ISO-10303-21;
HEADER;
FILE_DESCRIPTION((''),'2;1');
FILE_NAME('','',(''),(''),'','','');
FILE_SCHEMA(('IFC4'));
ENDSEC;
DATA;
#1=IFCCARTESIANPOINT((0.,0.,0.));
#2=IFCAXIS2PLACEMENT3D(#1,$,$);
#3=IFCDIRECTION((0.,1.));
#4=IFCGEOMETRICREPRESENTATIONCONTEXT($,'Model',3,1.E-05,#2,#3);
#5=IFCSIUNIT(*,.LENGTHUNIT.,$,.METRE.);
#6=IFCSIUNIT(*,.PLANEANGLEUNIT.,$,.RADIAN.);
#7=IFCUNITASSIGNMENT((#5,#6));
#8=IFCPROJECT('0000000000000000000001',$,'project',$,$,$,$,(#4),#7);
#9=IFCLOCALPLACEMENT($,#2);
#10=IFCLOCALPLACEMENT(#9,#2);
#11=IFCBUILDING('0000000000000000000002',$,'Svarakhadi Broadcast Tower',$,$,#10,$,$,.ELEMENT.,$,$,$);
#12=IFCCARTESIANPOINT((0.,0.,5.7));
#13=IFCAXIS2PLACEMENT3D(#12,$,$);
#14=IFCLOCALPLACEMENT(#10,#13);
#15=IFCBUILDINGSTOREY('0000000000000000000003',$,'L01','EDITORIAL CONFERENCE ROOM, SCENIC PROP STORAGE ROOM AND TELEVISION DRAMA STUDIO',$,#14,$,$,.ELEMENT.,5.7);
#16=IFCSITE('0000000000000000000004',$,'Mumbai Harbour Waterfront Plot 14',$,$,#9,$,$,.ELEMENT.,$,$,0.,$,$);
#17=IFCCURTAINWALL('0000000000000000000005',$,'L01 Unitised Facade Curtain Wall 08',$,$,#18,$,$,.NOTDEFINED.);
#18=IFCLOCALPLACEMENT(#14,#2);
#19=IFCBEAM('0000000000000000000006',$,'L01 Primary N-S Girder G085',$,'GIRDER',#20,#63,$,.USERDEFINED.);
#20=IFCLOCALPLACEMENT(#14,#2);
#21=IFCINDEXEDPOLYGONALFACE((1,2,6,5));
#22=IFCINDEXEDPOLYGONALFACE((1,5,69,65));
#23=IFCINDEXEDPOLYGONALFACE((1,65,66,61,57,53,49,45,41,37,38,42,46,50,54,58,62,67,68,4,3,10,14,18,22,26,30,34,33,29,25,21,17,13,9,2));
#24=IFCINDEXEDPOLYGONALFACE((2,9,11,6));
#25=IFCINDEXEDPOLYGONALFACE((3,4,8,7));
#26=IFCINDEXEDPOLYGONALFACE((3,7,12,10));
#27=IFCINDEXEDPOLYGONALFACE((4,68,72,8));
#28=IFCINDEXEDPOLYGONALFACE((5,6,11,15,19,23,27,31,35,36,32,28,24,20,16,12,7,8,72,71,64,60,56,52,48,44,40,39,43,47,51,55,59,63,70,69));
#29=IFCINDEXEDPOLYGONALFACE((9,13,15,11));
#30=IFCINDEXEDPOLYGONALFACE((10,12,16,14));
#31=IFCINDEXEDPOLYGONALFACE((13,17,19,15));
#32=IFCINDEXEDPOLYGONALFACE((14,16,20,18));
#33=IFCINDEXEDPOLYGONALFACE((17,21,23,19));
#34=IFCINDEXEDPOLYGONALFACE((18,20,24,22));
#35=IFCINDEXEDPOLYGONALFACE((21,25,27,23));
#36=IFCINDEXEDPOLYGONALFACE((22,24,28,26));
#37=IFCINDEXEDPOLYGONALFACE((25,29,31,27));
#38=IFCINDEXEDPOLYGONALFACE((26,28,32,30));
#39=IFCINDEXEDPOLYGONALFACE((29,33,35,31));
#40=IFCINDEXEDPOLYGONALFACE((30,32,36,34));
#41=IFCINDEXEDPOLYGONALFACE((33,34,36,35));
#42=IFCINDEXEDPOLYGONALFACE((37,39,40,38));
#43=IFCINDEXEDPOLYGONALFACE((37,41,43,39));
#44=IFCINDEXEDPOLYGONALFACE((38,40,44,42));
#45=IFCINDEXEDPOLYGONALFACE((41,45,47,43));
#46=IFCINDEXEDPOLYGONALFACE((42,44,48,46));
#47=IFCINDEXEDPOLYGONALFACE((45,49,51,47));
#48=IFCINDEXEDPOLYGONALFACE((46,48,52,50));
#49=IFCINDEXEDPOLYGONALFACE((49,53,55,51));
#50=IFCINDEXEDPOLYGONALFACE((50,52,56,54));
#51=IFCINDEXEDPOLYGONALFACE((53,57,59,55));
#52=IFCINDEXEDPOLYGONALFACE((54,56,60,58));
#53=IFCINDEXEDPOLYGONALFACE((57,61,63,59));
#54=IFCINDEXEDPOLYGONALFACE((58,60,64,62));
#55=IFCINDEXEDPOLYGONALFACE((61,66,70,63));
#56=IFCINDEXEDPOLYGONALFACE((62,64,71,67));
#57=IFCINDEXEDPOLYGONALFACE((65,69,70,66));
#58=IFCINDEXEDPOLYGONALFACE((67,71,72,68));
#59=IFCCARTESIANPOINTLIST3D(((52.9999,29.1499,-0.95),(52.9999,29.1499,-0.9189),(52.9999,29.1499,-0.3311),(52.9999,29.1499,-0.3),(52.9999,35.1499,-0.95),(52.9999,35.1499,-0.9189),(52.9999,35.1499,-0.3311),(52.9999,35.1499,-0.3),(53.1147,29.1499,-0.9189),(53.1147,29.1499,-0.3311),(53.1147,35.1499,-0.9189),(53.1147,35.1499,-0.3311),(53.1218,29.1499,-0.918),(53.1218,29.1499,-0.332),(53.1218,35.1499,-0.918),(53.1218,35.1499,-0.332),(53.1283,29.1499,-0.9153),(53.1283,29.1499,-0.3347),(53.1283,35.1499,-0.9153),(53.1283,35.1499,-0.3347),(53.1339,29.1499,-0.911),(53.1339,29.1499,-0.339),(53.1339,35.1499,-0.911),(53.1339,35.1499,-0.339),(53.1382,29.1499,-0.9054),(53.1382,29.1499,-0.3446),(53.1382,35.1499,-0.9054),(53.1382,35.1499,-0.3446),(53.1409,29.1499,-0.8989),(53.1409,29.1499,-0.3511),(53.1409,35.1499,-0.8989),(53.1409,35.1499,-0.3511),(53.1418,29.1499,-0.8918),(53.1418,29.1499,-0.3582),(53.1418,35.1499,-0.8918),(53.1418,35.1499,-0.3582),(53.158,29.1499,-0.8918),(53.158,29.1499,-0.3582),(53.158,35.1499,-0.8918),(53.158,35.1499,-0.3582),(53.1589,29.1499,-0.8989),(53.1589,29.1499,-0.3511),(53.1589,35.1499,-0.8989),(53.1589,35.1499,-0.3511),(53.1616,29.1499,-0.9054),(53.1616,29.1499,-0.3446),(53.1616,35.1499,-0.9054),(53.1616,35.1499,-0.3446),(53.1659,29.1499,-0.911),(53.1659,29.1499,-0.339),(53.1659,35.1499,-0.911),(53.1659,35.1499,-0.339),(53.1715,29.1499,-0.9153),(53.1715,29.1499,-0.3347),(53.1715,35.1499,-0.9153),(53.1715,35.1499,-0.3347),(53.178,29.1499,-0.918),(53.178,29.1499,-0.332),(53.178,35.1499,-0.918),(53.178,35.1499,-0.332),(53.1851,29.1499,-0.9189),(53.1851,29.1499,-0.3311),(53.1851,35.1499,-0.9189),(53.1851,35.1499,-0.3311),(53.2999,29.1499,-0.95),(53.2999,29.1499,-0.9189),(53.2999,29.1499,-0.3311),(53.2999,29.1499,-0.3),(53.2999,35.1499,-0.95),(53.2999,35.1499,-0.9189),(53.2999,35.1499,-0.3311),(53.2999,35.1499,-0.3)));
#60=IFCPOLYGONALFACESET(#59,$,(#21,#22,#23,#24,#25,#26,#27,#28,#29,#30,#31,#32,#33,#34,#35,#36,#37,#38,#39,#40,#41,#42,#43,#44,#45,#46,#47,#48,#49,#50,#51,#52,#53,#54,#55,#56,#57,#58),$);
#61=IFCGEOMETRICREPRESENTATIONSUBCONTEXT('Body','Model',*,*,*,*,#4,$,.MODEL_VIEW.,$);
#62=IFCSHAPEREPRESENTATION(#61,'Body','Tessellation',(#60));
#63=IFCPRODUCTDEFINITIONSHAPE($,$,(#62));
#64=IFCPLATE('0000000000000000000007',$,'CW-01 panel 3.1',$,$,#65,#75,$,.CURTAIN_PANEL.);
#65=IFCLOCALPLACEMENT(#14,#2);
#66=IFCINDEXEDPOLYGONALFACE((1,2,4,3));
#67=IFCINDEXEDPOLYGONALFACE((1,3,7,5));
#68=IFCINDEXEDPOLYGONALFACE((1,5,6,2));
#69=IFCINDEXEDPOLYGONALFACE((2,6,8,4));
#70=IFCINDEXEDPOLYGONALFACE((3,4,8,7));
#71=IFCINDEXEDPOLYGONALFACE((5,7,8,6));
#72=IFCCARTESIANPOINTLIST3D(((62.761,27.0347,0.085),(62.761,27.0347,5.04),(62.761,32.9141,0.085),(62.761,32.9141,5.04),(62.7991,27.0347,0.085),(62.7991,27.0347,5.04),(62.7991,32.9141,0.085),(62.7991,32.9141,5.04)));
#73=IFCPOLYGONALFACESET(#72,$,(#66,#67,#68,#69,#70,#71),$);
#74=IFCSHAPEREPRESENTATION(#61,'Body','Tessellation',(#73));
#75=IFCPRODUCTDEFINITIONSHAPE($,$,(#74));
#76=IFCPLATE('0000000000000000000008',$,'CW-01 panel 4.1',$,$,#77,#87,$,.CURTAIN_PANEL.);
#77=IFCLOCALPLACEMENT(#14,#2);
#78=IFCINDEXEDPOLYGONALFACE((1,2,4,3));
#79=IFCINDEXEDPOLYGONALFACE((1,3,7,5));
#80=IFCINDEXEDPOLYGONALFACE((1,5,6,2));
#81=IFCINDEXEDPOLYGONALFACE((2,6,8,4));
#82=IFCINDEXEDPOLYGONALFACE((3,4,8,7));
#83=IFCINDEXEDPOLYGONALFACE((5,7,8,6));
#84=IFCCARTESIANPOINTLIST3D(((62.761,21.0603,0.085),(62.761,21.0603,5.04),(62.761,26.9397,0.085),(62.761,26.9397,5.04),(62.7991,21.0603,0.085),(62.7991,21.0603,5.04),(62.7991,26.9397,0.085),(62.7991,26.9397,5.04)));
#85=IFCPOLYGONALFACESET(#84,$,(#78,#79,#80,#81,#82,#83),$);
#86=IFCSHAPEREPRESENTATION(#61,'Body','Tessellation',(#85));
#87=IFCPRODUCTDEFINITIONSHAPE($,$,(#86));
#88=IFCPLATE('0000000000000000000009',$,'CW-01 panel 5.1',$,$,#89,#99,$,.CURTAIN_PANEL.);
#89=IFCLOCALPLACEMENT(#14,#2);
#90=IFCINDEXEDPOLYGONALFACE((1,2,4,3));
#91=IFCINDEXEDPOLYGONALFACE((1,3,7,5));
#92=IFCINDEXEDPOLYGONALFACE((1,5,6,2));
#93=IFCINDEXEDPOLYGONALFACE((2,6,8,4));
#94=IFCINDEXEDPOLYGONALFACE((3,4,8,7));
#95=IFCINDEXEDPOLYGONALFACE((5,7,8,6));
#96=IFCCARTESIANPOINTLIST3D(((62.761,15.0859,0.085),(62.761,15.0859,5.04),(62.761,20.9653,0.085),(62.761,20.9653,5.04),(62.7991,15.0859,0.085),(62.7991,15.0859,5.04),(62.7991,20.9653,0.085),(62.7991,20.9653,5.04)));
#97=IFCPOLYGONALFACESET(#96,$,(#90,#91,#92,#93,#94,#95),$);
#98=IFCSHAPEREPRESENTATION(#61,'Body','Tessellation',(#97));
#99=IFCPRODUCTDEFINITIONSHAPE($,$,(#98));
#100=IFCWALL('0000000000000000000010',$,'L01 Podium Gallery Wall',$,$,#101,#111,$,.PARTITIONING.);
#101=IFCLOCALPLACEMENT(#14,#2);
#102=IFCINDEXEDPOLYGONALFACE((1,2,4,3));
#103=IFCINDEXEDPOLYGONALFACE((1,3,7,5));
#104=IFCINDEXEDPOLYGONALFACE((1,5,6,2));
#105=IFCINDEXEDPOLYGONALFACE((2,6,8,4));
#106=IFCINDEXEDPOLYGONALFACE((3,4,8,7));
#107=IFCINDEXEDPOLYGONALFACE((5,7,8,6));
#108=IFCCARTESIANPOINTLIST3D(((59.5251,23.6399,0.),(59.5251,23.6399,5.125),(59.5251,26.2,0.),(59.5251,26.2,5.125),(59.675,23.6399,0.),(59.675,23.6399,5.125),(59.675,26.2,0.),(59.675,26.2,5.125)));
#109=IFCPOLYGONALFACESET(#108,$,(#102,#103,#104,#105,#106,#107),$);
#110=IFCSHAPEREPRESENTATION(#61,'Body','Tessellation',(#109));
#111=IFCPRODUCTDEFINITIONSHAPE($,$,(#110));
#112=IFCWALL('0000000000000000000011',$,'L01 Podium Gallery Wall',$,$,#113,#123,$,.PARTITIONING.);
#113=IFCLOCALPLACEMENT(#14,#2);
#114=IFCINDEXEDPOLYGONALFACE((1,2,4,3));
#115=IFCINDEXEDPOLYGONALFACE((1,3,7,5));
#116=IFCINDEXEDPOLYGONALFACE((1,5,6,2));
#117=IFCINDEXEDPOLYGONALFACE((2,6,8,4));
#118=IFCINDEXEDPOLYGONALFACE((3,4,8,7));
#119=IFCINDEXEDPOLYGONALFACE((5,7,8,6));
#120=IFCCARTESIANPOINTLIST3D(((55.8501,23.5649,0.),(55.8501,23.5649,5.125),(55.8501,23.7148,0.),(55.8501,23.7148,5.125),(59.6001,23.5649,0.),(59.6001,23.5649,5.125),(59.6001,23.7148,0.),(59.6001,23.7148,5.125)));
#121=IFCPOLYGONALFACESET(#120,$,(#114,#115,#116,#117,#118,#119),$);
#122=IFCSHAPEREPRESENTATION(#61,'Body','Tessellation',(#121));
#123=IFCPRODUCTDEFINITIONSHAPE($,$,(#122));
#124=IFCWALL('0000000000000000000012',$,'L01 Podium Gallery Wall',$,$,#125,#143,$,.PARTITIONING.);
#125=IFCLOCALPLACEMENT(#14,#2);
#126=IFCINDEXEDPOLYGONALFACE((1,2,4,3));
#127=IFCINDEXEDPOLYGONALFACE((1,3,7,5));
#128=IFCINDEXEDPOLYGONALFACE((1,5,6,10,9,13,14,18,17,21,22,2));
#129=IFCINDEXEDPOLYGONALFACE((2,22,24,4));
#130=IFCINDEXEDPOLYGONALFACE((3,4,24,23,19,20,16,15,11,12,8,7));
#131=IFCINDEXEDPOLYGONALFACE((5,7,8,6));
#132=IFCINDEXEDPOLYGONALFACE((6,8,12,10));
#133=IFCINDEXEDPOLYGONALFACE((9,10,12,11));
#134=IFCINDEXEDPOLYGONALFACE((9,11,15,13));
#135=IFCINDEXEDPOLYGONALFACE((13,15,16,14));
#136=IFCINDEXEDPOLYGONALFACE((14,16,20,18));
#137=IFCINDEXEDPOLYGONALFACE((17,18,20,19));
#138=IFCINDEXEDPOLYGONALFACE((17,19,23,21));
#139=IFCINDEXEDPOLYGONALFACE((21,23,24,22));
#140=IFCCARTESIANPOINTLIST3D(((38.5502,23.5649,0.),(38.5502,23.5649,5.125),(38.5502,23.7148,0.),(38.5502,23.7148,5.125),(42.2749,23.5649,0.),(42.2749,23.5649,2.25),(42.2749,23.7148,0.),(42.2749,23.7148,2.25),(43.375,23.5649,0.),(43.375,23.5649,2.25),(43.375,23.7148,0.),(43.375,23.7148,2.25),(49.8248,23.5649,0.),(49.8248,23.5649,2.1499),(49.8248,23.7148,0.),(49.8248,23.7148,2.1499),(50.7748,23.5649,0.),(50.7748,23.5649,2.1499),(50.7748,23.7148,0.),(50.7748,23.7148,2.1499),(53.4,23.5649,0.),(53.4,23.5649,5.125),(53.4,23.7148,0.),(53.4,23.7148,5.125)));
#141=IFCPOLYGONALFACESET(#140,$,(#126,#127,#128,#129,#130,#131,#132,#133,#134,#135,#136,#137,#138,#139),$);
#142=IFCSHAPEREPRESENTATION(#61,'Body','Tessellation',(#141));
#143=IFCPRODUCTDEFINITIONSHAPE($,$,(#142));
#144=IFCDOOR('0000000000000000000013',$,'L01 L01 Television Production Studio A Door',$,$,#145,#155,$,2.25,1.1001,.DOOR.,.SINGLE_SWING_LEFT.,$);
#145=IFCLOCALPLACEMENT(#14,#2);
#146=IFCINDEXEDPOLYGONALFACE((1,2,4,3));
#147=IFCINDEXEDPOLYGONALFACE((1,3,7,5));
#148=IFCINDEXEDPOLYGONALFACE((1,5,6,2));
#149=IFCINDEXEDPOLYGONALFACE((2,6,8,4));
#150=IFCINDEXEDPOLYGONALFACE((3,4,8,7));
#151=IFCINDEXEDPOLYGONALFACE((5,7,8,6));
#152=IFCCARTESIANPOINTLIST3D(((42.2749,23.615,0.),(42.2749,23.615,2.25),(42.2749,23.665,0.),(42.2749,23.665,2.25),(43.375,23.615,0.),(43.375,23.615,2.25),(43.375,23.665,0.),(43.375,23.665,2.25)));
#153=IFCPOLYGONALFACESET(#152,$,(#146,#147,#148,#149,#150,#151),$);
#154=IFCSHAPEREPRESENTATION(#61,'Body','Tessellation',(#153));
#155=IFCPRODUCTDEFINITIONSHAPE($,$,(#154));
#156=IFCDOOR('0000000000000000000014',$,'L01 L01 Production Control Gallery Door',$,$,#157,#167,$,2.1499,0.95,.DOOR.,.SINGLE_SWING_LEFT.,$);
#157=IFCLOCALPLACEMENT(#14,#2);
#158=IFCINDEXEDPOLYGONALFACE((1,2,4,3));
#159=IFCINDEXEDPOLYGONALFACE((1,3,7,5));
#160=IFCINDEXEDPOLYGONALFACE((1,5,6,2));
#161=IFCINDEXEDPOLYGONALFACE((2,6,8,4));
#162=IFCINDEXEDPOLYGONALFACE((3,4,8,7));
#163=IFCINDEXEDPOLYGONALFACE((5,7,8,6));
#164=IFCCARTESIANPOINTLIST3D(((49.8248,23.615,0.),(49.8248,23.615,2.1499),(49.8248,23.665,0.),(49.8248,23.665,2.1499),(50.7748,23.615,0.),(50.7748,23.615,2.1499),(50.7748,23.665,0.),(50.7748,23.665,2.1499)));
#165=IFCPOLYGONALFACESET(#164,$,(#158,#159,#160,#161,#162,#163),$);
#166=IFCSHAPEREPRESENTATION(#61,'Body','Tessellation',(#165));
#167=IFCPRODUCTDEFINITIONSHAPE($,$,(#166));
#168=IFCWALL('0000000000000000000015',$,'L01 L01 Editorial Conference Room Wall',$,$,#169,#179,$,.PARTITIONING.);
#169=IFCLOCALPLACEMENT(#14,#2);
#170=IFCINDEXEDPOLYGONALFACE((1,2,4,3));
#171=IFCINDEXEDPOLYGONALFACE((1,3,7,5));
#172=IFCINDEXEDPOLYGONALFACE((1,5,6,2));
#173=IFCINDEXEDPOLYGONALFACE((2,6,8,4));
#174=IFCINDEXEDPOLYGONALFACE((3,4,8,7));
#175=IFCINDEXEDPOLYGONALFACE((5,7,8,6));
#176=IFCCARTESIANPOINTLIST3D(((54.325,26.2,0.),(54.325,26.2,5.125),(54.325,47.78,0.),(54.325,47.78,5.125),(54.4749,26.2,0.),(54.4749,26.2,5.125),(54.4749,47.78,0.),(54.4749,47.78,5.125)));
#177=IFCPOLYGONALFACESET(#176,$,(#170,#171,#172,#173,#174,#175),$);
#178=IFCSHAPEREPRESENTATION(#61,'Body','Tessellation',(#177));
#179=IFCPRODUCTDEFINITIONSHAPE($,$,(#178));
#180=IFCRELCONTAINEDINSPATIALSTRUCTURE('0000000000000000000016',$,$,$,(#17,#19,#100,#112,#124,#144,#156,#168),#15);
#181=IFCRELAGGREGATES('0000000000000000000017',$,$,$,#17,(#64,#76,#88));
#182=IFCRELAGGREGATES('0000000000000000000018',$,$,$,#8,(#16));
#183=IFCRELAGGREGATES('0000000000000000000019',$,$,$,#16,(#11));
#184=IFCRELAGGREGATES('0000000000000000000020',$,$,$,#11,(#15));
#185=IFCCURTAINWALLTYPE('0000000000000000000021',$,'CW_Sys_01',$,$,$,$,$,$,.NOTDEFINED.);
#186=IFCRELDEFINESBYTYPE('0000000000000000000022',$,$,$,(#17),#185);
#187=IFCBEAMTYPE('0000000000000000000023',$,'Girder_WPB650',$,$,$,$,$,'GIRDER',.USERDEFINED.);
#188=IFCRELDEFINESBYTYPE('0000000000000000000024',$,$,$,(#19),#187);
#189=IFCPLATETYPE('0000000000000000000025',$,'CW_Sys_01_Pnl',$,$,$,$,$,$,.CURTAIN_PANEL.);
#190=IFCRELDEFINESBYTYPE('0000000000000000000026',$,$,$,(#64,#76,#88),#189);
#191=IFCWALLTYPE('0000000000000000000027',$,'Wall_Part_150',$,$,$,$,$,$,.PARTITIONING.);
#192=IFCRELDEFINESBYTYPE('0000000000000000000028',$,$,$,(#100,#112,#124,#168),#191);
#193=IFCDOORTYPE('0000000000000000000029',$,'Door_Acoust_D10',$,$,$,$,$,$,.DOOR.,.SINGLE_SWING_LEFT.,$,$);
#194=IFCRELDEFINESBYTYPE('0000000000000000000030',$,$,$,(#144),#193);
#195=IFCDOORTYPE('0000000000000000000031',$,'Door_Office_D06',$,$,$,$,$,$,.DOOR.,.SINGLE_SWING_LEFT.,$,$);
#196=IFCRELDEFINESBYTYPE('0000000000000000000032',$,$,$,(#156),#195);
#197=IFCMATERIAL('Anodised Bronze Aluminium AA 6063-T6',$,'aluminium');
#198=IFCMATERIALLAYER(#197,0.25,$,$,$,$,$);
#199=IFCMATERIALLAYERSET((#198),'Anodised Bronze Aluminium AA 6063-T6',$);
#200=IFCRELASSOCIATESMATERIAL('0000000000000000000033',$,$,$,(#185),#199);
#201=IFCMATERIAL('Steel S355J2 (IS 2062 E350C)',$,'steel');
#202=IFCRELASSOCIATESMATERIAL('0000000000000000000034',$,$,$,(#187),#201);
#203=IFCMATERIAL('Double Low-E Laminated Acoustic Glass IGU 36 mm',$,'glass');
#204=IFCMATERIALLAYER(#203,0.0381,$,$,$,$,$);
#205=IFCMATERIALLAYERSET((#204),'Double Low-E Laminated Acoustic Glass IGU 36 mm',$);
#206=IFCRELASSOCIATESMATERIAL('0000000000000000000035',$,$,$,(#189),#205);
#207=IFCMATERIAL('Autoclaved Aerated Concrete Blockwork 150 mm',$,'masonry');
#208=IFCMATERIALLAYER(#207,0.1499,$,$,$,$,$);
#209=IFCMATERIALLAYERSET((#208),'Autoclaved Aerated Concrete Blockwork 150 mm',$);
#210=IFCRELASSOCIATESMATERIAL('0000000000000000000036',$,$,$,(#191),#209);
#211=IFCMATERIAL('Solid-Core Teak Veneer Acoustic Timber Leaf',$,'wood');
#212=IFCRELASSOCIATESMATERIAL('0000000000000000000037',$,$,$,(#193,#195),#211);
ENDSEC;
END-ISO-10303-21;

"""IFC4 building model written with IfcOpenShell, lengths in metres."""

from ifc_helpers import new_model, si_unit, direction, frame, frame_2d, origin, origin_2d, place, context, subcontext, project, spatial, rectangle, i_section, extrude, material, layer, layer_set, material_profile, profile_set, type_object, element, fill, aggregate, save


model = new_model("IFC4")

# Units and contexts
model_context = context("Model", 3, precision=1e-05, world=origin(), true_north=direction((0.0, 1.0)))
body_context = subcontext(model_context, "Body", "Model", "MODEL_VIEW")
ifc_project = project(units=[si_unit("LENGTHUNIT", "METRE"), si_unit("PLANEANGLEUNIT", "RADIAN")], contexts=[model_context])

# Site, building, storey
site_placement = place(None, origin())
site = spatial("IfcSite", under=ifc_project, at=site_placement, Name="Mumbai Harbour Waterfront Plot 14", CompositionType="ELEMENT", RefElevation=0.0)
building_placement = place(site_placement, origin())
building = spatial("IfcBuilding", under=site, at=building_placement, Name="Svarakhadi Broadcast Tower", CompositionType="ELEMENT")
storey_placement = place(building_placement, frame((0.0, 0.0, 5.7)))
storey = spatial("IfcBuildingStorey", under=building, at=storey_placement, Name="L01", Description="EDITORIAL CONFERENCE ROOM, SCENIC PROP STORAGE ROOM AND TELEVISION DRAMA STUDIO", CompositionType="ELEMENT", Elevation=5.7)

# Shared definitions
ifc_material_1 = material(Name="Steel S355J2 (IS 2062 E350C)", Category="steel")

# Curtain wall
ifc_material_2 = material(Name="Anodised Bronze Aluminium AA 6063-T6", Category="aluminium")
ifc_layer_1 = layer(ifc_material_2, 0.25)
ifc_layer_set_1 = layer_set([ifc_layer_1], Name="Anodised Bronze Aluminium AA 6063-T6")
curtain_wall_type = type_object("IfcCurtainWallType", Name="CW_Sys_01", PredefinedType="NOTDEFINED", material=ifc_layer_set_1)
curtain_wall_placement = place(storey_placement, origin())
curtain_wall = element("IfcCurtainWall", 1, at=curtain_wall_placement, inside=storey, type_object=curtain_wall_type, Name="L01 Unitised Facade Curtain Wall 08", PredefinedType="NOTDEFINED")

# Beam
ifc_material_profile_1 = material_profile(ifc_material_1, i_section(OverallWidth=0.3, OverallDepth=0.6499, WebThickness=0.0161, FlangeThickness=0.031, FilletRadius=0.0271, at=origin_2d()), Name="WPB 650x300x225")
ifc_profile_set_1 = profile_set([ifc_material_profile_1], Name="Steel S355J2 (IS 2062 E350C)")
beam_type_1 = type_object("IfcBeamType", Name="Girder_WPB650", ElementType="GIRDER", PredefinedType="USERDEFINED", material=ifc_profile_set_1)
for number, where, z_axis, x_axis, name in (
    (2, (53.1499, 29.1499, -0.625), (0.0, 1.0, 0.0), (-1.0, 0.0, 0.0), "L01 Primary N-S Girder G085"),
):
    element("IfcBeam", number, at=place(storey_placement, frame(where, z_axis=z_axis, x_axis=x_axis)), inside=storey, type_object=beam_type_1, Name=name, ObjectType="GIRDER", PredefinedType="USERDEFINED", context=body_context, shape_type="SweptSolid", body=[
        extrude(i_section(OverallWidth=0.3, OverallDepth=0.6499, WebThickness=0.0161, FlangeThickness=0.031, FilletRadius=0.0271, at=origin_2d()), origin(), (0.0, 0.0, 1.0), 6.0),
    ])

# Plates
ifc_material_3 = material(Name="Double Low-E Laminated Acoustic Glass IGU 36 mm", Category="glass")
ifc_layer_2 = layer(ifc_material_3, 0.0381)
ifc_layer_set_2 = layer_set([ifc_layer_2], Name="Double Low-E Laminated Acoustic Glass IGU 36 mm")
plate_type = type_object("IfcPlateType", Name="CW_Sys_01_Pnl", PredefinedType="CURTAIN_PANEL", material=ifc_layer_set_2)
plate_1_placement = place(storey_placement, frame((62.78, 29.9744, 0.085), z_axis=(0.0, 0.0, 1.0), x_axis=(0.0, -1.0, 0.0)))
plate_1 = element("IfcPlate", 3, at=plate_1_placement, type_object=plate_type, Name="CW-01 panel 3.1", PredefinedType="CURTAIN_PANEL", context=body_context, shape_type="SweptSolid", body=[
    extrude(rectangle(XDim=5.8794, YDim=0.0381, at=origin_2d()), origin(), (0.0, 0.0, 1.0), 4.9551),
])
plate_2_placement = place(storey_placement, frame((62.78, 24.0, 0.085), z_axis=(0.0, 0.0, 1.0), x_axis=(0.0, -1.0, 0.0)))
plate_2 = element("IfcPlate", 4, at=plate_2_placement, type_object=plate_type, Name="CW-01 panel 4.1", PredefinedType="CURTAIN_PANEL", context=body_context, shape_type="SweptSolid", body=[
    extrude(rectangle(XDim=5.8794, YDim=0.0381, at=origin_2d()), origin(), (0.0, 0.0, 1.0), 4.9551),
])
plate_3_placement = place(storey_placement, frame((62.78, 18.0256, 0.085), z_axis=(0.0, 0.0, 1.0), x_axis=(0.0, -1.0, 0.0)))
plate_3 = element("IfcPlate", 5, at=plate_3_placement, type_object=plate_type, Name="CW-01 panel 5.1", PredefinedType="CURTAIN_PANEL", context=body_context, shape_type="SweptSolid", body=[
    extrude(rectangle(XDim=5.8794, YDim=0.0381, at=origin_2d()), origin(), (0.0, 0.0, 1.0), 4.9551),
])
aggregate(curtain_wall, [plate_1, plate_2, plate_3])

# Walls
ifc_material_4 = material(Name="Autoclaved Aerated Concrete Blockwork 150 mm", Category="masonry")
ifc_layer_3 = layer(ifc_material_4, 0.1499)
ifc_layer_set_3 = layer_set([ifc_layer_3], Name="Autoclaved Aerated Concrete Blockwork 150 mm")
wall_type_1 = type_object("IfcWallType", Name="Wall_Part_150", PredefinedType="PARTITIONING", material=ifc_layer_set_3)
wall_1_placement = place(storey_placement, frame((59.6001, 26.2, 0.0), z_axis=(0.0, 0.0, 1.0), x_axis=(0.0, -1.0, 0.0)))
element("IfcWall", 6, at=wall_1_placement, inside=storey, type_object=wall_type_1, Name="L01 Podium Gallery Wall", PredefinedType="PARTITIONING", context=body_context, shape_type="SweptSolid", body=[
    extrude(rectangle(XDim=2.5601, YDim=0.1499, at=frame_2d((1.28, 0.0))), origin(), (0.0, 0.0, 1.0), 5.125),
])
wall_2_placement = place(storey_placement, frame((59.6001, 23.6399, 0.0), z_axis=(0.0, 0.0, 1.0), x_axis=(-1.0, 0.0, 0.0)))
element("IfcWall", 7, at=wall_2_placement, inside=storey, type_object=wall_type_1, Name="L01 Podium Gallery Wall", PredefinedType="PARTITIONING", context=body_context, shape_type="SweptSolid", body=[
    extrude(rectangle(XDim=3.75, YDim=0.1499, at=frame_2d((1.875, 0.0))), origin(), (0.0, 0.0, 1.0), 5.125),
])

# Wall, openings, doors
wall_3_placement = place(storey_placement, frame((53.3999, 23.6399, 0.0), z_axis=(0.0, 0.0, 1.0), x_axis=(-1.0, 0.0, 0.0)))
wall_3 = element("IfcWall", 8, at=wall_3_placement, inside=storey, type_object=wall_type_1, Name="L01 Podium Gallery Wall", PredefinedType="PARTITIONING", context=body_context, shape_type="SweptSolid", body=[
    extrude(rectangle(XDim=14.8499, YDim=0.1499, at=frame_2d((7.4248, 0.0))), origin(), (0.0, 0.0, 1.0), 5.125),
])
opening_1_placement = place(wall_3_placement, frame((10.0249, 0.0, 0.0)))
opening_1 = element("IfcOpeningElement", 9, at=opening_1_placement, cuts=wall_3, PredefinedType="OPENING", context=body_context, shape_type="SweptSolid", body=[
    extrude(rectangle(XDim=1.1001, YDim=2.25, at=frame_2d((0.55, 1.125))), frame((0.0, 0.085, 0.0), z_axis=(0.0, -1.0, 0.0), x_axis=(1.0, 0.0, 0.0)), (0.0, 0.0, 1.0), 0.1699),
])
opening_2_placement = place(wall_3_placement, frame((2.625, 0.0, 0.0)))
opening_2 = element("IfcOpeningElement", 10, at=opening_2_placement, cuts=wall_3, PredefinedType="OPENING", context=body_context, shape_type="SweptSolid", body=[
    extrude(rectangle(XDim=0.95, YDim=2.1499, at=frame_2d((0.4751, 1.075))), frame((0.0, 0.085, 0.0), z_axis=(0.0, -1.0, 0.0), x_axis=(1.0, 0.0, 0.0)), (0.0, 0.0, 1.0), 0.1699),
])
ifc_material_5 = material(Name="Solid-Core Teak Veneer Acoustic Timber Leaf", Category="wood")
door_type_1 = type_object("IfcDoorType", Name="Door_Acoust_D10", OperationType="SINGLE_SWING_LEFT", PredefinedType="DOOR", material=ifc_material_5)
door_1_placement = place(opening_1_placement, origin())
door_1 = element("IfcDoor", 11, at=door_1_placement, inside=storey, type_object=door_type_1, Name="L01 L01 Television Production Studio A Door", OperationType="SINGLE_SWING_LEFT", OverallHeight=2.25, OverallWidth=1.1001, PredefinedType="DOOR", context=body_context, shape_type="SweptSolid", body=[
    extrude(rectangle(XDim=1.1001, YDim=2.25, at=frame_2d((0.55, 1.125))), frame((0.0, 0.0249, 0.0), z_axis=(0.0, -1.0, 0.0), x_axis=(1.0, 0.0, 0.0)), (0.0, 0.0, 1.0), 0.05),
])
fill(opening_1, door_1)
door_type_2 = type_object("IfcDoorType", Name="Door_Office_D06", OperationType="SINGLE_SWING_LEFT", PredefinedType="DOOR", material=ifc_material_5)
door_2_placement = place(opening_2_placement, origin())
door_2 = element("IfcDoor", 12, at=door_2_placement, inside=storey, type_object=door_type_2, Name="L01 L01 Production Control Gallery Door", OperationType="SINGLE_SWING_LEFT", OverallHeight=2.1499, OverallWidth=0.95, PredefinedType="DOOR", context=body_context, shape_type="SweptSolid", body=[
    extrude(rectangle(XDim=0.95, YDim=2.1499, at=frame_2d((0.4751, 1.075))), frame((0.0, 0.0249, 0.0), z_axis=(0.0, -1.0, 0.0), x_axis=(1.0, 0.0, 0.0)), (0.0, 0.0, 1.0), 0.05),
])
fill(opening_2, door_2)

# Wall
for number, where, z_axis, x_axis, name in (
    (13, (54.3999, 26.2, 0.0), (0.0, 0.0, 1.0), (0.0, 1.0, 0.0), "L01 L01 Editorial Conference Room Wall"),
):
    element("IfcWall", number, at=place(storey_placement, frame(where, z_axis=z_axis, x_axis=x_axis)), inside=storey, type_object=wall_type_1, Name=name, PredefinedType="PARTITIONING", context=body_context, shape_type="SweptSolid", body=[
        extrude(rectangle(XDim=21.5801, YDim=0.1499, at=frame_2d((10.79, 0.0))), origin(), (0.0, 0.0, 1.0), 5.125),
    ])

save(model, "model.ifc")
